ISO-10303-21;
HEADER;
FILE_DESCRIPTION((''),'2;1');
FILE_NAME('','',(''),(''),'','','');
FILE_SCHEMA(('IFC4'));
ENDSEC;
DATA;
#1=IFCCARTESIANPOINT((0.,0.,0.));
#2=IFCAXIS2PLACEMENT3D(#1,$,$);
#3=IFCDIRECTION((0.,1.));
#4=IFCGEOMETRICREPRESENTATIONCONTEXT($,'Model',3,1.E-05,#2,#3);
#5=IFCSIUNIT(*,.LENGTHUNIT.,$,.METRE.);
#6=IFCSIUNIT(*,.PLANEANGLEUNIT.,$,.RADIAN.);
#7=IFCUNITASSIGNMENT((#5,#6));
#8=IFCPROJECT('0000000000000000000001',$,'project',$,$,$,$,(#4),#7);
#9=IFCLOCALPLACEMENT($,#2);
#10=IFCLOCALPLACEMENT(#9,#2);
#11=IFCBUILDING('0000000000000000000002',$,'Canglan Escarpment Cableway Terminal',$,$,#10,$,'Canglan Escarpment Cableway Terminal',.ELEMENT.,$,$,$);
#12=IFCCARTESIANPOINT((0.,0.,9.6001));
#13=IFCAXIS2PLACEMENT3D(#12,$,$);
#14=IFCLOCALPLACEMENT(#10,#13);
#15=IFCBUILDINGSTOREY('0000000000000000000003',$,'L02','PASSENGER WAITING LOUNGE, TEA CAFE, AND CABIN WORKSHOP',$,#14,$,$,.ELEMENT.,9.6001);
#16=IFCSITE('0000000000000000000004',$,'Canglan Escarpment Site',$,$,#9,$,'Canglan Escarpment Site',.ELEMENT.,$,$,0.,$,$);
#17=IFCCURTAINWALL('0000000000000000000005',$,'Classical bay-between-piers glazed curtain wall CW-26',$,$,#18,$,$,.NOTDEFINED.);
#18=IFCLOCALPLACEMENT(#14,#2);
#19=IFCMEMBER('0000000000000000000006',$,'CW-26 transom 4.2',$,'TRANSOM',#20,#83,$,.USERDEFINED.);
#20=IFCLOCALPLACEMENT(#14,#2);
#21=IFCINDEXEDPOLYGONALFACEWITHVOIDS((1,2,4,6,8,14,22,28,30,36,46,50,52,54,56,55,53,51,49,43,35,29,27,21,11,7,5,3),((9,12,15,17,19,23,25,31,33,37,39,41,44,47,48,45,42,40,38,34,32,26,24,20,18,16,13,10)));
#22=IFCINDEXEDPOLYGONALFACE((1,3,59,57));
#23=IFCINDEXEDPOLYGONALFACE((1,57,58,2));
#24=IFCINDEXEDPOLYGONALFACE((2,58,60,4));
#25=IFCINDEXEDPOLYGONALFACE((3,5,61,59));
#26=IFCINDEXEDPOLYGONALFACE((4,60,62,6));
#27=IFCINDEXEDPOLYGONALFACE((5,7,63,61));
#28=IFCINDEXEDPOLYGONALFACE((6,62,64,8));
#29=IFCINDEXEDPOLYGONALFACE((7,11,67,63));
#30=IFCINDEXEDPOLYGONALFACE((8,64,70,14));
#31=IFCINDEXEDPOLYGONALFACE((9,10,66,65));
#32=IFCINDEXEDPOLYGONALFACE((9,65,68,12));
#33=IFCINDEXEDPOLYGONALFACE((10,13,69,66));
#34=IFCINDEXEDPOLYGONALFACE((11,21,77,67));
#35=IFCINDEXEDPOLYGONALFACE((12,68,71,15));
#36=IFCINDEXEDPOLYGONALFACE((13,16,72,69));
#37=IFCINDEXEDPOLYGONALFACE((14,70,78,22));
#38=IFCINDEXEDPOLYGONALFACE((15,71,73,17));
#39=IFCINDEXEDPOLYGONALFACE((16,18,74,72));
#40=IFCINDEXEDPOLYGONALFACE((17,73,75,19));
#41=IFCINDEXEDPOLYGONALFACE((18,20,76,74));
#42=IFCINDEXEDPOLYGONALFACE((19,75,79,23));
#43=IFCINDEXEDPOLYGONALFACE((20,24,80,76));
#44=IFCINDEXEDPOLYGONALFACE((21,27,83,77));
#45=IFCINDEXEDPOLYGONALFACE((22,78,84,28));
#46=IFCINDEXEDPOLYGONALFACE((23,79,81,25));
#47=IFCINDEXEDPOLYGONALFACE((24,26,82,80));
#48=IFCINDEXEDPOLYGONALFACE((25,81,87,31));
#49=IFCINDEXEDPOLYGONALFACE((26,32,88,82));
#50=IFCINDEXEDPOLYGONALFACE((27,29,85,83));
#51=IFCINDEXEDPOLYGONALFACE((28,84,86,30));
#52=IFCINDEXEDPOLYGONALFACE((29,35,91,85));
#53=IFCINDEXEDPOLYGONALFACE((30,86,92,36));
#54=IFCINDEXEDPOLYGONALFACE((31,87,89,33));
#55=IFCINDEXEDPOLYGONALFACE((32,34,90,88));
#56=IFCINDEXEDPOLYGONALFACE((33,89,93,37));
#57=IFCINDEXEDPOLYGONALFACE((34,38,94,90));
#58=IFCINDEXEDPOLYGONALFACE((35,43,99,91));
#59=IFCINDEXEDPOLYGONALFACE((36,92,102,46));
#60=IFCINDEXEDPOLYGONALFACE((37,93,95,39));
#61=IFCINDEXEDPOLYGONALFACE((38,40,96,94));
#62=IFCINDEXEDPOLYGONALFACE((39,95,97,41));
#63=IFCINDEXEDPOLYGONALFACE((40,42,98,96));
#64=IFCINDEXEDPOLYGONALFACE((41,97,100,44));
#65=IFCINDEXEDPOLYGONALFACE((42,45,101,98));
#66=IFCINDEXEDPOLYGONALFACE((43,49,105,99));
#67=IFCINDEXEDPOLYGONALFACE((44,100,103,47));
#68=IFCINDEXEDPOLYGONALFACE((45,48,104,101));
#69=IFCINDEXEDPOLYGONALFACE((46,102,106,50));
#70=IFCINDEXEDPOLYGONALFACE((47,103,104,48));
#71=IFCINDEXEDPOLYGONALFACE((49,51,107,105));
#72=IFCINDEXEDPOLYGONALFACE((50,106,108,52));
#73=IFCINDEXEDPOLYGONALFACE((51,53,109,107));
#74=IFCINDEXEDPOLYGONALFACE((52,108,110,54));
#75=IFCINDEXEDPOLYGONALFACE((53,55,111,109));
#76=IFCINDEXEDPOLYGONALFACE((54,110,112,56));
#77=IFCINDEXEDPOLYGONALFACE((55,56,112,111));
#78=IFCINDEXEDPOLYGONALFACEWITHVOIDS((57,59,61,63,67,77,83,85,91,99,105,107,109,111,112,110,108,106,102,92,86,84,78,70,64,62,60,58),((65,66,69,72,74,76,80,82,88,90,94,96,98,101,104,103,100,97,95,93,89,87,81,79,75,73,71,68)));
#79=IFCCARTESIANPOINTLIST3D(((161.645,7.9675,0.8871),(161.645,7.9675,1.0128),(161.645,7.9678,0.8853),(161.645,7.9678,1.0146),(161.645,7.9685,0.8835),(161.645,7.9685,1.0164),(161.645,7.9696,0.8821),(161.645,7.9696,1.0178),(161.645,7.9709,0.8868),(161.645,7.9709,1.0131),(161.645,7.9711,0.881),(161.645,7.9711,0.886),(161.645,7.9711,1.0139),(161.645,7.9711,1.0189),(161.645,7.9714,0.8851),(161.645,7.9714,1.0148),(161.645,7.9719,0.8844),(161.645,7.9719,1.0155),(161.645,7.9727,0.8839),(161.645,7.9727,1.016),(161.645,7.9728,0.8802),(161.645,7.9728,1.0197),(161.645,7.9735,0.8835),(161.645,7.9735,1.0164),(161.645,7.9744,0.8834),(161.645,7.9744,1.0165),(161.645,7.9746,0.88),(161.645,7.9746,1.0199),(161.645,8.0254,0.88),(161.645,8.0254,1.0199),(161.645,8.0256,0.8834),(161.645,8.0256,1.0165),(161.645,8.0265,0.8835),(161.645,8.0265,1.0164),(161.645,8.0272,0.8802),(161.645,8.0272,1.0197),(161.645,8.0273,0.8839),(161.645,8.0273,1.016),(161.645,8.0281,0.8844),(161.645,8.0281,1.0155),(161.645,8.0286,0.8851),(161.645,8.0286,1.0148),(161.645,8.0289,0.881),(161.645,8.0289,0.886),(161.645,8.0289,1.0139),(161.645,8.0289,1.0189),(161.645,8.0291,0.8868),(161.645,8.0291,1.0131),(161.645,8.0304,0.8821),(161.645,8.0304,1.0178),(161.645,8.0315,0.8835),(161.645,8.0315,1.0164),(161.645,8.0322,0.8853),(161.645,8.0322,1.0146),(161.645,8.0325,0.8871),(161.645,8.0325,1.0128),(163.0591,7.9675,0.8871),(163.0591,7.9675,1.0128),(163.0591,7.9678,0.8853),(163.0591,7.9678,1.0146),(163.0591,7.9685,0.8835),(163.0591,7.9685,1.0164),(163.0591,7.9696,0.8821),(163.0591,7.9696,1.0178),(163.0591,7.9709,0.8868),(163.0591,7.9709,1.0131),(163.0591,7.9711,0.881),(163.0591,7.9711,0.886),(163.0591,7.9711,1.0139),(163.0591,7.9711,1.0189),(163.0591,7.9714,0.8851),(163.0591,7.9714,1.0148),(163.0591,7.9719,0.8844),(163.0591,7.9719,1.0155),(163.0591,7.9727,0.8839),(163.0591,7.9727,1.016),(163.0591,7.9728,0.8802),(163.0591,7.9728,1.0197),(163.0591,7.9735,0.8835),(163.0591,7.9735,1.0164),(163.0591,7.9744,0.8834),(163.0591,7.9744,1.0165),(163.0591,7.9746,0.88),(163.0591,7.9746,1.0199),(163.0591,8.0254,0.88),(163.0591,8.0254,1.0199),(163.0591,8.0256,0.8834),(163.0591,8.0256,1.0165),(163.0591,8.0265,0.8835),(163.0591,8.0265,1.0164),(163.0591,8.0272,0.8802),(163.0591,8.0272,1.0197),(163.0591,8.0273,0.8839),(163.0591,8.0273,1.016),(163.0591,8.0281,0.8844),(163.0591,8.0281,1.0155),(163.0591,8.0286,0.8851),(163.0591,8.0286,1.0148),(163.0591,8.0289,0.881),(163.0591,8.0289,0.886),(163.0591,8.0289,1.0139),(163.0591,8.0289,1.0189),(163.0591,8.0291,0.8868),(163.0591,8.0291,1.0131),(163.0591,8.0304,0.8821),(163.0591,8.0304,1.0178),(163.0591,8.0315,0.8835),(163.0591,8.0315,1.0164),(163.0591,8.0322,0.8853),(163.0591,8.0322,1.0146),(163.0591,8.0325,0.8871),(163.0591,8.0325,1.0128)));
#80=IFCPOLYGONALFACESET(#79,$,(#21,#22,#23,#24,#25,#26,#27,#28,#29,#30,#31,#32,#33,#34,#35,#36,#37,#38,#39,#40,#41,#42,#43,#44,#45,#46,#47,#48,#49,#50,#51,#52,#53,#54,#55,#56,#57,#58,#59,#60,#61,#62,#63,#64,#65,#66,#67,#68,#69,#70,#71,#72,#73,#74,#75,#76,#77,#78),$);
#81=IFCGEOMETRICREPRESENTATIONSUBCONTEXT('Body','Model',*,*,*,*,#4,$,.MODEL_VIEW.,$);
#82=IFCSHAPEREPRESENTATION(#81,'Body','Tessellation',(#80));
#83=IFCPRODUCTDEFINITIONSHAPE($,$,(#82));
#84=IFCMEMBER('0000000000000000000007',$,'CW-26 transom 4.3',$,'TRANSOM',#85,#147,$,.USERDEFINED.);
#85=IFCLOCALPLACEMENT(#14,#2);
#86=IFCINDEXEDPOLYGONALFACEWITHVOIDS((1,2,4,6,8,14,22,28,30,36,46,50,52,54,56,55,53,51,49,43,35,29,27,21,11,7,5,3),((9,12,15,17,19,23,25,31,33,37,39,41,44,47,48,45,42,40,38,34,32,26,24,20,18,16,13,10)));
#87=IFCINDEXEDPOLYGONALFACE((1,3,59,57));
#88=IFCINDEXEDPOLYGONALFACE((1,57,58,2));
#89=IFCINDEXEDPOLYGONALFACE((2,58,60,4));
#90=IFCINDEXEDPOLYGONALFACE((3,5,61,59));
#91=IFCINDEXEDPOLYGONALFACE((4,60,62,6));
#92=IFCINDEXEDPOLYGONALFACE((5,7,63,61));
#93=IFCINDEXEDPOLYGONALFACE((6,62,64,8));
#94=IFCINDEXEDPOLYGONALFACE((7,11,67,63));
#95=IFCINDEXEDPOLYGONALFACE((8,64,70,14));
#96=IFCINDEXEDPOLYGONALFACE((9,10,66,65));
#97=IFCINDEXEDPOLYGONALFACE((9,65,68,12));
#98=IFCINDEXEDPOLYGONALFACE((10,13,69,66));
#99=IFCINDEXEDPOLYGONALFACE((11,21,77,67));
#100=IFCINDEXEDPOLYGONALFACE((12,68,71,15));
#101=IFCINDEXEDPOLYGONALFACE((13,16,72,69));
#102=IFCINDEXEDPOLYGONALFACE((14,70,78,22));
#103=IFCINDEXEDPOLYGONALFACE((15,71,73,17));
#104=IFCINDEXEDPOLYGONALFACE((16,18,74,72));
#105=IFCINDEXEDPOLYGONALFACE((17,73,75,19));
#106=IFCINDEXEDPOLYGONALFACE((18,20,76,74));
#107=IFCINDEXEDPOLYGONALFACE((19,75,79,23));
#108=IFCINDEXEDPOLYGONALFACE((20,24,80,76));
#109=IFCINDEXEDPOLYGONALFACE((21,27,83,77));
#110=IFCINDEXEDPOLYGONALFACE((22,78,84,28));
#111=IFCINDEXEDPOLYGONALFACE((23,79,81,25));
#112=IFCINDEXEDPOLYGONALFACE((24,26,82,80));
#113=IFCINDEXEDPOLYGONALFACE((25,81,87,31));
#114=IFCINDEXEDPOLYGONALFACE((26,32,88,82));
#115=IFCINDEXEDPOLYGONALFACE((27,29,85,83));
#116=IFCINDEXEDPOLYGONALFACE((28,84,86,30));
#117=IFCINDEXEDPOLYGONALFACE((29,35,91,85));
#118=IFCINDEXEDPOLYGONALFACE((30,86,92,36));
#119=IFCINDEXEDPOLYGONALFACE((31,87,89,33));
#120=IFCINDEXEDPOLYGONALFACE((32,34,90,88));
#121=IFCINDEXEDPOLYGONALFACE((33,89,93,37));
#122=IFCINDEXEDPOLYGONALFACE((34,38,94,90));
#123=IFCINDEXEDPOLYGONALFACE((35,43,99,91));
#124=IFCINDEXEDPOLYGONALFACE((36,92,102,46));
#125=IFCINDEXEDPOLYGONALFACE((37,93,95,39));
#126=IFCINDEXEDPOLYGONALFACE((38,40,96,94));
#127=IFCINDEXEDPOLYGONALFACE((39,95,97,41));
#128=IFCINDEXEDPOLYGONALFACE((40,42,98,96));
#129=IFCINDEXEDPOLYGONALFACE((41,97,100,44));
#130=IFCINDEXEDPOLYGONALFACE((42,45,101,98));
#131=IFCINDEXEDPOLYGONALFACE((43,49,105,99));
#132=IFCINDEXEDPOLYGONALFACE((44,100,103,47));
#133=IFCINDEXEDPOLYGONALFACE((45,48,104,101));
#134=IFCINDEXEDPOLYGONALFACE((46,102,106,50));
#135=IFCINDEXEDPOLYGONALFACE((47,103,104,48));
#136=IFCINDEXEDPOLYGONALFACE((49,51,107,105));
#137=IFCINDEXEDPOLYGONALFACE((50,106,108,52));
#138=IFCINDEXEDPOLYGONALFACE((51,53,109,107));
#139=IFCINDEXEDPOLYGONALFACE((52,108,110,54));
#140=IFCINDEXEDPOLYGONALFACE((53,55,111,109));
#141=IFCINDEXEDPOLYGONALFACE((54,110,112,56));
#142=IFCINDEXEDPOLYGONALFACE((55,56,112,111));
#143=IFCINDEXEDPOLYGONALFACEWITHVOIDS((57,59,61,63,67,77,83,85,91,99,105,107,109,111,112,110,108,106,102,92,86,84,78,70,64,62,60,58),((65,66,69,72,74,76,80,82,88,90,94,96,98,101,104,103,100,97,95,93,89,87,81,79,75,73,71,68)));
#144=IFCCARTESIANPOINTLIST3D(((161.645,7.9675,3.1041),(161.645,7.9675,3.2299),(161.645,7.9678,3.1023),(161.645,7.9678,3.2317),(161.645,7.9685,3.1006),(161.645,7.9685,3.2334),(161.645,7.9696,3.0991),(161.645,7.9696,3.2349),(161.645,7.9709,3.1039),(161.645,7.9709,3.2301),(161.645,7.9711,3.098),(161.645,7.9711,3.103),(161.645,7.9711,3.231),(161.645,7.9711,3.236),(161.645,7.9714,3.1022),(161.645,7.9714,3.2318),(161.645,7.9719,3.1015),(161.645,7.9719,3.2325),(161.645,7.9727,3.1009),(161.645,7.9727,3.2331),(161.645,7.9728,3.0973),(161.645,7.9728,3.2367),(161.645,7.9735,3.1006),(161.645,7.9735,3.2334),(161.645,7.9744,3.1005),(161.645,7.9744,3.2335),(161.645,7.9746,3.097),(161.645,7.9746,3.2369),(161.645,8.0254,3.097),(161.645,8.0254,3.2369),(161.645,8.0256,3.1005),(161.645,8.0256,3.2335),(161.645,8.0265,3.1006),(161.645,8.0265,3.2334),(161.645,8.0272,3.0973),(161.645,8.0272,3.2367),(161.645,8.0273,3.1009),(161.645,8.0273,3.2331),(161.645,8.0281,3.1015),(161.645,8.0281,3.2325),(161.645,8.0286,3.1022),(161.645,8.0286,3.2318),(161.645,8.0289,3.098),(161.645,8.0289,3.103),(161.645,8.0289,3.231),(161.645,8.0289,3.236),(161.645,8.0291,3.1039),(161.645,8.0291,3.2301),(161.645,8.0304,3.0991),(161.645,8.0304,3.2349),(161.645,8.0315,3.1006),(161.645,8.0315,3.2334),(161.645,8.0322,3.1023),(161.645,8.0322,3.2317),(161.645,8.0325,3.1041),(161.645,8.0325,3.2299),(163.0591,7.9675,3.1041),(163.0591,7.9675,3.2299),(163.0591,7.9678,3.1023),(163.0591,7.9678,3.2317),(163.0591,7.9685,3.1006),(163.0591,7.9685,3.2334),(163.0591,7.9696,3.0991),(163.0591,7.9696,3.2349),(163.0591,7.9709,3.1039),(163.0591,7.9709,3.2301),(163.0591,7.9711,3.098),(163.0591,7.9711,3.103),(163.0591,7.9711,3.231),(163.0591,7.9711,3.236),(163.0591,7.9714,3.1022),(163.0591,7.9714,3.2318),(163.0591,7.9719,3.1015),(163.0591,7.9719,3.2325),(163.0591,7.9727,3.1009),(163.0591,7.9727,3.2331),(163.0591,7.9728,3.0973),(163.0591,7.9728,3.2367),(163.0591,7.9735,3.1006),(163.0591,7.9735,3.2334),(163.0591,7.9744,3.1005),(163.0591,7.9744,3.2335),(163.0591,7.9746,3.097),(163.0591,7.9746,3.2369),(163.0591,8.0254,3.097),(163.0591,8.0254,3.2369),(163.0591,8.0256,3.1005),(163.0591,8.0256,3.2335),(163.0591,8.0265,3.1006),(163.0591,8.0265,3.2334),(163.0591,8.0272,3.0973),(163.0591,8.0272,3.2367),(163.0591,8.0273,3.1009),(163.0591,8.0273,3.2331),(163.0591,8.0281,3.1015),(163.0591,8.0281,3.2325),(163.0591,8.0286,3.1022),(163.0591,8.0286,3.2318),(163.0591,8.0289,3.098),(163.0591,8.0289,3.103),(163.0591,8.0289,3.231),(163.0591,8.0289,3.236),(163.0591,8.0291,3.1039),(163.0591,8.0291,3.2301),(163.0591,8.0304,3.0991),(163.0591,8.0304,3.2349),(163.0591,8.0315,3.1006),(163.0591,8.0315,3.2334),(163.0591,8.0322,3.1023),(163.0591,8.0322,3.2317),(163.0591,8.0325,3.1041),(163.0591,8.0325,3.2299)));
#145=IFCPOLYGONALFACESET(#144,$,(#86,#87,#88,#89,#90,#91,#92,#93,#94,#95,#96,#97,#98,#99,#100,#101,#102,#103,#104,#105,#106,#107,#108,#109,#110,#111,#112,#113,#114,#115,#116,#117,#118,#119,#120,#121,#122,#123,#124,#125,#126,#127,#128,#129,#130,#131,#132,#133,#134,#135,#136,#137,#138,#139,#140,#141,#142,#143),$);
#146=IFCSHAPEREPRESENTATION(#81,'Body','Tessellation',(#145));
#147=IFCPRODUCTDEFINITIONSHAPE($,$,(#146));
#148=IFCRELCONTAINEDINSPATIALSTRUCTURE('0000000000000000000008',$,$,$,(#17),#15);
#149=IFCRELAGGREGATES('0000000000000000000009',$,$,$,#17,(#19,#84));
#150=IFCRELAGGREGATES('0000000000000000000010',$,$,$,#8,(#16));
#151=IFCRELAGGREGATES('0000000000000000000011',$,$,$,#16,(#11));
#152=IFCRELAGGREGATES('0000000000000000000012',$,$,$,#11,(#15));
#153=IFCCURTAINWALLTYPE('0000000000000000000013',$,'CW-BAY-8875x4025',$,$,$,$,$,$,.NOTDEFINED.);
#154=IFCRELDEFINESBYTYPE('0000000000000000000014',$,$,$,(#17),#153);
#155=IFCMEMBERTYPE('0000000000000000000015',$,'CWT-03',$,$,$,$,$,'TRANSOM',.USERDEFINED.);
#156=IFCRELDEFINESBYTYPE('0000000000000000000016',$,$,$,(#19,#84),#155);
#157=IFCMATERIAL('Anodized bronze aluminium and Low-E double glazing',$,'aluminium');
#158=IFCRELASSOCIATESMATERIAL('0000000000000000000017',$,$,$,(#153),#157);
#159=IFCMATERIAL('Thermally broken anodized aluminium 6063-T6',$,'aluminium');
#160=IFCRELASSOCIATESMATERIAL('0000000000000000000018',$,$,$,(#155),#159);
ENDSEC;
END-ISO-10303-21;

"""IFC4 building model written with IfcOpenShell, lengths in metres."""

from ifc_helpers import new_model, si_unit, direction, frame, origin, origin_2d, place, context, subcontext, project, spatial, hollow_rectangle, extrude, material, material_profile, profile_set, type_object, element, aggregate, save


model = new_model("IFC4")

# Units and contexts
model_context = context("Model", 3, precision=1e-05, world=origin(), true_north=direction((0.0, 1.0)))
body_context = subcontext(model_context, "Body", "Model", "MODEL_VIEW")
ifc_project = project(units=[si_unit("LENGTHUNIT", "METRE"), si_unit("PLANEANGLEUNIT", "RADIAN")], contexts=[model_context])

# Site, building, storey
site_placement = place(None, origin())
site = spatial("IfcSite", under=ifc_project, at=site_placement, Name="Canglan Escarpment Site", LongName="Canglan Escarpment Site", CompositionType="ELEMENT", RefElevation=0.0)
building_placement = place(site_placement, origin())
building = spatial("IfcBuilding", under=site, at=building_placement, Name="Canglan Escarpment Cableway Terminal", LongName="Canglan Escarpment Cableway Terminal", CompositionType="ELEMENT")
storey_placement = place(building_placement, frame((0.0, 0.0, 9.6001)))
storey = spatial("IfcBuildingStorey", under=building, at=storey_placement, Name="L02", Description="PASSENGER WAITING LOUNGE, TEA CAFE, AND CABIN WORKSHOP", CompositionType="ELEMENT", Elevation=9.6001)

# Curtain wall, members
ifc_material_1 = material(Name="Anodized bronze aluminium and Low-E double glazing", Category="aluminium")
curtain_wall_type = type_object("IfcCurtainWallType", Name="CW-BAY-8875x4025", PredefinedType="NOTDEFINED", material=ifc_material_1)
curtain_wall_placement = place(storey_placement, origin())
curtain_wall = element("IfcCurtainWall", 1, at=curtain_wall_placement, inside=storey, type_object=curtain_wall_type, Name="Classical bay-between-piers glazed curtain wall CW-26", PredefinedType="NOTDEFINED")
ifc_material_2 = material(Name="Thermally broken anodized aluminium 6063-T6", Category="aluminium")
ifc_material_profile_1 = material_profile(ifc_material_2, hollow_rectangle(XDim=0.0649, YDim=0.1399, WallThickness=0.0034, InnerFilletRadius=0.0034, OuterFilletRadius=0.0071, at=origin_2d()), Name="ALU-TRAN 65x140x3.5")
ifc_profile_set_1 = profile_set([ifc_material_profile_1], Name="Thermally broken anodized aluminium 6063-T6")
member_type_1 = type_object("IfcMemberType", Name="CWT-03", ElementType="TRANSOM", PredefinedType="USERDEFINED", material=ifc_profile_set_1)
member_1_placement = place(storey_placement, frame((161.645, 8.0, 0.95), z_axis=(1.0, 0.0, 0.0), x_axis=(0.0, 1.0, 0.0)))
member_1 = element("IfcMember", 2, at=member_1_placement, type_object=member_type_1, Name="CW-26 transom 4.2", ObjectType="TRANSOM", PredefinedType="USERDEFINED", context=body_context, shape_type="SweptSolid", body=[
    extrude(hollow_rectangle(XDim=0.0649, YDim=0.1399, WallThickness=0.0034, InnerFilletRadius=0.0034, OuterFilletRadius=0.0071, at=origin_2d()), origin(), (0.0, 0.0, 1.0), 1.4141),
])
member_2_placement = place(storey_placement, frame((161.645, 8.0, 3.167), z_axis=(1.0, 0.0, 0.0), x_axis=(0.0, 1.0, 0.0)))
member_2 = element("IfcMember", 3, at=member_2_placement, type_object=member_type_1, Name="CW-26 transom 4.3", ObjectType="TRANSOM", PredefinedType="USERDEFINED", context=body_context, shape_type="SweptSolid", body=[
    extrude(hollow_rectangle(XDim=0.0649, YDim=0.1399, WallThickness=0.0034, InnerFilletRadius=0.0034, OuterFilletRadius=0.0071, at=origin_2d()), origin(), (0.0, 0.0, 1.0), 1.4141),
])
aggregate(curtain_wall, [member_1, member_2])

save(model, "model.ifc")
